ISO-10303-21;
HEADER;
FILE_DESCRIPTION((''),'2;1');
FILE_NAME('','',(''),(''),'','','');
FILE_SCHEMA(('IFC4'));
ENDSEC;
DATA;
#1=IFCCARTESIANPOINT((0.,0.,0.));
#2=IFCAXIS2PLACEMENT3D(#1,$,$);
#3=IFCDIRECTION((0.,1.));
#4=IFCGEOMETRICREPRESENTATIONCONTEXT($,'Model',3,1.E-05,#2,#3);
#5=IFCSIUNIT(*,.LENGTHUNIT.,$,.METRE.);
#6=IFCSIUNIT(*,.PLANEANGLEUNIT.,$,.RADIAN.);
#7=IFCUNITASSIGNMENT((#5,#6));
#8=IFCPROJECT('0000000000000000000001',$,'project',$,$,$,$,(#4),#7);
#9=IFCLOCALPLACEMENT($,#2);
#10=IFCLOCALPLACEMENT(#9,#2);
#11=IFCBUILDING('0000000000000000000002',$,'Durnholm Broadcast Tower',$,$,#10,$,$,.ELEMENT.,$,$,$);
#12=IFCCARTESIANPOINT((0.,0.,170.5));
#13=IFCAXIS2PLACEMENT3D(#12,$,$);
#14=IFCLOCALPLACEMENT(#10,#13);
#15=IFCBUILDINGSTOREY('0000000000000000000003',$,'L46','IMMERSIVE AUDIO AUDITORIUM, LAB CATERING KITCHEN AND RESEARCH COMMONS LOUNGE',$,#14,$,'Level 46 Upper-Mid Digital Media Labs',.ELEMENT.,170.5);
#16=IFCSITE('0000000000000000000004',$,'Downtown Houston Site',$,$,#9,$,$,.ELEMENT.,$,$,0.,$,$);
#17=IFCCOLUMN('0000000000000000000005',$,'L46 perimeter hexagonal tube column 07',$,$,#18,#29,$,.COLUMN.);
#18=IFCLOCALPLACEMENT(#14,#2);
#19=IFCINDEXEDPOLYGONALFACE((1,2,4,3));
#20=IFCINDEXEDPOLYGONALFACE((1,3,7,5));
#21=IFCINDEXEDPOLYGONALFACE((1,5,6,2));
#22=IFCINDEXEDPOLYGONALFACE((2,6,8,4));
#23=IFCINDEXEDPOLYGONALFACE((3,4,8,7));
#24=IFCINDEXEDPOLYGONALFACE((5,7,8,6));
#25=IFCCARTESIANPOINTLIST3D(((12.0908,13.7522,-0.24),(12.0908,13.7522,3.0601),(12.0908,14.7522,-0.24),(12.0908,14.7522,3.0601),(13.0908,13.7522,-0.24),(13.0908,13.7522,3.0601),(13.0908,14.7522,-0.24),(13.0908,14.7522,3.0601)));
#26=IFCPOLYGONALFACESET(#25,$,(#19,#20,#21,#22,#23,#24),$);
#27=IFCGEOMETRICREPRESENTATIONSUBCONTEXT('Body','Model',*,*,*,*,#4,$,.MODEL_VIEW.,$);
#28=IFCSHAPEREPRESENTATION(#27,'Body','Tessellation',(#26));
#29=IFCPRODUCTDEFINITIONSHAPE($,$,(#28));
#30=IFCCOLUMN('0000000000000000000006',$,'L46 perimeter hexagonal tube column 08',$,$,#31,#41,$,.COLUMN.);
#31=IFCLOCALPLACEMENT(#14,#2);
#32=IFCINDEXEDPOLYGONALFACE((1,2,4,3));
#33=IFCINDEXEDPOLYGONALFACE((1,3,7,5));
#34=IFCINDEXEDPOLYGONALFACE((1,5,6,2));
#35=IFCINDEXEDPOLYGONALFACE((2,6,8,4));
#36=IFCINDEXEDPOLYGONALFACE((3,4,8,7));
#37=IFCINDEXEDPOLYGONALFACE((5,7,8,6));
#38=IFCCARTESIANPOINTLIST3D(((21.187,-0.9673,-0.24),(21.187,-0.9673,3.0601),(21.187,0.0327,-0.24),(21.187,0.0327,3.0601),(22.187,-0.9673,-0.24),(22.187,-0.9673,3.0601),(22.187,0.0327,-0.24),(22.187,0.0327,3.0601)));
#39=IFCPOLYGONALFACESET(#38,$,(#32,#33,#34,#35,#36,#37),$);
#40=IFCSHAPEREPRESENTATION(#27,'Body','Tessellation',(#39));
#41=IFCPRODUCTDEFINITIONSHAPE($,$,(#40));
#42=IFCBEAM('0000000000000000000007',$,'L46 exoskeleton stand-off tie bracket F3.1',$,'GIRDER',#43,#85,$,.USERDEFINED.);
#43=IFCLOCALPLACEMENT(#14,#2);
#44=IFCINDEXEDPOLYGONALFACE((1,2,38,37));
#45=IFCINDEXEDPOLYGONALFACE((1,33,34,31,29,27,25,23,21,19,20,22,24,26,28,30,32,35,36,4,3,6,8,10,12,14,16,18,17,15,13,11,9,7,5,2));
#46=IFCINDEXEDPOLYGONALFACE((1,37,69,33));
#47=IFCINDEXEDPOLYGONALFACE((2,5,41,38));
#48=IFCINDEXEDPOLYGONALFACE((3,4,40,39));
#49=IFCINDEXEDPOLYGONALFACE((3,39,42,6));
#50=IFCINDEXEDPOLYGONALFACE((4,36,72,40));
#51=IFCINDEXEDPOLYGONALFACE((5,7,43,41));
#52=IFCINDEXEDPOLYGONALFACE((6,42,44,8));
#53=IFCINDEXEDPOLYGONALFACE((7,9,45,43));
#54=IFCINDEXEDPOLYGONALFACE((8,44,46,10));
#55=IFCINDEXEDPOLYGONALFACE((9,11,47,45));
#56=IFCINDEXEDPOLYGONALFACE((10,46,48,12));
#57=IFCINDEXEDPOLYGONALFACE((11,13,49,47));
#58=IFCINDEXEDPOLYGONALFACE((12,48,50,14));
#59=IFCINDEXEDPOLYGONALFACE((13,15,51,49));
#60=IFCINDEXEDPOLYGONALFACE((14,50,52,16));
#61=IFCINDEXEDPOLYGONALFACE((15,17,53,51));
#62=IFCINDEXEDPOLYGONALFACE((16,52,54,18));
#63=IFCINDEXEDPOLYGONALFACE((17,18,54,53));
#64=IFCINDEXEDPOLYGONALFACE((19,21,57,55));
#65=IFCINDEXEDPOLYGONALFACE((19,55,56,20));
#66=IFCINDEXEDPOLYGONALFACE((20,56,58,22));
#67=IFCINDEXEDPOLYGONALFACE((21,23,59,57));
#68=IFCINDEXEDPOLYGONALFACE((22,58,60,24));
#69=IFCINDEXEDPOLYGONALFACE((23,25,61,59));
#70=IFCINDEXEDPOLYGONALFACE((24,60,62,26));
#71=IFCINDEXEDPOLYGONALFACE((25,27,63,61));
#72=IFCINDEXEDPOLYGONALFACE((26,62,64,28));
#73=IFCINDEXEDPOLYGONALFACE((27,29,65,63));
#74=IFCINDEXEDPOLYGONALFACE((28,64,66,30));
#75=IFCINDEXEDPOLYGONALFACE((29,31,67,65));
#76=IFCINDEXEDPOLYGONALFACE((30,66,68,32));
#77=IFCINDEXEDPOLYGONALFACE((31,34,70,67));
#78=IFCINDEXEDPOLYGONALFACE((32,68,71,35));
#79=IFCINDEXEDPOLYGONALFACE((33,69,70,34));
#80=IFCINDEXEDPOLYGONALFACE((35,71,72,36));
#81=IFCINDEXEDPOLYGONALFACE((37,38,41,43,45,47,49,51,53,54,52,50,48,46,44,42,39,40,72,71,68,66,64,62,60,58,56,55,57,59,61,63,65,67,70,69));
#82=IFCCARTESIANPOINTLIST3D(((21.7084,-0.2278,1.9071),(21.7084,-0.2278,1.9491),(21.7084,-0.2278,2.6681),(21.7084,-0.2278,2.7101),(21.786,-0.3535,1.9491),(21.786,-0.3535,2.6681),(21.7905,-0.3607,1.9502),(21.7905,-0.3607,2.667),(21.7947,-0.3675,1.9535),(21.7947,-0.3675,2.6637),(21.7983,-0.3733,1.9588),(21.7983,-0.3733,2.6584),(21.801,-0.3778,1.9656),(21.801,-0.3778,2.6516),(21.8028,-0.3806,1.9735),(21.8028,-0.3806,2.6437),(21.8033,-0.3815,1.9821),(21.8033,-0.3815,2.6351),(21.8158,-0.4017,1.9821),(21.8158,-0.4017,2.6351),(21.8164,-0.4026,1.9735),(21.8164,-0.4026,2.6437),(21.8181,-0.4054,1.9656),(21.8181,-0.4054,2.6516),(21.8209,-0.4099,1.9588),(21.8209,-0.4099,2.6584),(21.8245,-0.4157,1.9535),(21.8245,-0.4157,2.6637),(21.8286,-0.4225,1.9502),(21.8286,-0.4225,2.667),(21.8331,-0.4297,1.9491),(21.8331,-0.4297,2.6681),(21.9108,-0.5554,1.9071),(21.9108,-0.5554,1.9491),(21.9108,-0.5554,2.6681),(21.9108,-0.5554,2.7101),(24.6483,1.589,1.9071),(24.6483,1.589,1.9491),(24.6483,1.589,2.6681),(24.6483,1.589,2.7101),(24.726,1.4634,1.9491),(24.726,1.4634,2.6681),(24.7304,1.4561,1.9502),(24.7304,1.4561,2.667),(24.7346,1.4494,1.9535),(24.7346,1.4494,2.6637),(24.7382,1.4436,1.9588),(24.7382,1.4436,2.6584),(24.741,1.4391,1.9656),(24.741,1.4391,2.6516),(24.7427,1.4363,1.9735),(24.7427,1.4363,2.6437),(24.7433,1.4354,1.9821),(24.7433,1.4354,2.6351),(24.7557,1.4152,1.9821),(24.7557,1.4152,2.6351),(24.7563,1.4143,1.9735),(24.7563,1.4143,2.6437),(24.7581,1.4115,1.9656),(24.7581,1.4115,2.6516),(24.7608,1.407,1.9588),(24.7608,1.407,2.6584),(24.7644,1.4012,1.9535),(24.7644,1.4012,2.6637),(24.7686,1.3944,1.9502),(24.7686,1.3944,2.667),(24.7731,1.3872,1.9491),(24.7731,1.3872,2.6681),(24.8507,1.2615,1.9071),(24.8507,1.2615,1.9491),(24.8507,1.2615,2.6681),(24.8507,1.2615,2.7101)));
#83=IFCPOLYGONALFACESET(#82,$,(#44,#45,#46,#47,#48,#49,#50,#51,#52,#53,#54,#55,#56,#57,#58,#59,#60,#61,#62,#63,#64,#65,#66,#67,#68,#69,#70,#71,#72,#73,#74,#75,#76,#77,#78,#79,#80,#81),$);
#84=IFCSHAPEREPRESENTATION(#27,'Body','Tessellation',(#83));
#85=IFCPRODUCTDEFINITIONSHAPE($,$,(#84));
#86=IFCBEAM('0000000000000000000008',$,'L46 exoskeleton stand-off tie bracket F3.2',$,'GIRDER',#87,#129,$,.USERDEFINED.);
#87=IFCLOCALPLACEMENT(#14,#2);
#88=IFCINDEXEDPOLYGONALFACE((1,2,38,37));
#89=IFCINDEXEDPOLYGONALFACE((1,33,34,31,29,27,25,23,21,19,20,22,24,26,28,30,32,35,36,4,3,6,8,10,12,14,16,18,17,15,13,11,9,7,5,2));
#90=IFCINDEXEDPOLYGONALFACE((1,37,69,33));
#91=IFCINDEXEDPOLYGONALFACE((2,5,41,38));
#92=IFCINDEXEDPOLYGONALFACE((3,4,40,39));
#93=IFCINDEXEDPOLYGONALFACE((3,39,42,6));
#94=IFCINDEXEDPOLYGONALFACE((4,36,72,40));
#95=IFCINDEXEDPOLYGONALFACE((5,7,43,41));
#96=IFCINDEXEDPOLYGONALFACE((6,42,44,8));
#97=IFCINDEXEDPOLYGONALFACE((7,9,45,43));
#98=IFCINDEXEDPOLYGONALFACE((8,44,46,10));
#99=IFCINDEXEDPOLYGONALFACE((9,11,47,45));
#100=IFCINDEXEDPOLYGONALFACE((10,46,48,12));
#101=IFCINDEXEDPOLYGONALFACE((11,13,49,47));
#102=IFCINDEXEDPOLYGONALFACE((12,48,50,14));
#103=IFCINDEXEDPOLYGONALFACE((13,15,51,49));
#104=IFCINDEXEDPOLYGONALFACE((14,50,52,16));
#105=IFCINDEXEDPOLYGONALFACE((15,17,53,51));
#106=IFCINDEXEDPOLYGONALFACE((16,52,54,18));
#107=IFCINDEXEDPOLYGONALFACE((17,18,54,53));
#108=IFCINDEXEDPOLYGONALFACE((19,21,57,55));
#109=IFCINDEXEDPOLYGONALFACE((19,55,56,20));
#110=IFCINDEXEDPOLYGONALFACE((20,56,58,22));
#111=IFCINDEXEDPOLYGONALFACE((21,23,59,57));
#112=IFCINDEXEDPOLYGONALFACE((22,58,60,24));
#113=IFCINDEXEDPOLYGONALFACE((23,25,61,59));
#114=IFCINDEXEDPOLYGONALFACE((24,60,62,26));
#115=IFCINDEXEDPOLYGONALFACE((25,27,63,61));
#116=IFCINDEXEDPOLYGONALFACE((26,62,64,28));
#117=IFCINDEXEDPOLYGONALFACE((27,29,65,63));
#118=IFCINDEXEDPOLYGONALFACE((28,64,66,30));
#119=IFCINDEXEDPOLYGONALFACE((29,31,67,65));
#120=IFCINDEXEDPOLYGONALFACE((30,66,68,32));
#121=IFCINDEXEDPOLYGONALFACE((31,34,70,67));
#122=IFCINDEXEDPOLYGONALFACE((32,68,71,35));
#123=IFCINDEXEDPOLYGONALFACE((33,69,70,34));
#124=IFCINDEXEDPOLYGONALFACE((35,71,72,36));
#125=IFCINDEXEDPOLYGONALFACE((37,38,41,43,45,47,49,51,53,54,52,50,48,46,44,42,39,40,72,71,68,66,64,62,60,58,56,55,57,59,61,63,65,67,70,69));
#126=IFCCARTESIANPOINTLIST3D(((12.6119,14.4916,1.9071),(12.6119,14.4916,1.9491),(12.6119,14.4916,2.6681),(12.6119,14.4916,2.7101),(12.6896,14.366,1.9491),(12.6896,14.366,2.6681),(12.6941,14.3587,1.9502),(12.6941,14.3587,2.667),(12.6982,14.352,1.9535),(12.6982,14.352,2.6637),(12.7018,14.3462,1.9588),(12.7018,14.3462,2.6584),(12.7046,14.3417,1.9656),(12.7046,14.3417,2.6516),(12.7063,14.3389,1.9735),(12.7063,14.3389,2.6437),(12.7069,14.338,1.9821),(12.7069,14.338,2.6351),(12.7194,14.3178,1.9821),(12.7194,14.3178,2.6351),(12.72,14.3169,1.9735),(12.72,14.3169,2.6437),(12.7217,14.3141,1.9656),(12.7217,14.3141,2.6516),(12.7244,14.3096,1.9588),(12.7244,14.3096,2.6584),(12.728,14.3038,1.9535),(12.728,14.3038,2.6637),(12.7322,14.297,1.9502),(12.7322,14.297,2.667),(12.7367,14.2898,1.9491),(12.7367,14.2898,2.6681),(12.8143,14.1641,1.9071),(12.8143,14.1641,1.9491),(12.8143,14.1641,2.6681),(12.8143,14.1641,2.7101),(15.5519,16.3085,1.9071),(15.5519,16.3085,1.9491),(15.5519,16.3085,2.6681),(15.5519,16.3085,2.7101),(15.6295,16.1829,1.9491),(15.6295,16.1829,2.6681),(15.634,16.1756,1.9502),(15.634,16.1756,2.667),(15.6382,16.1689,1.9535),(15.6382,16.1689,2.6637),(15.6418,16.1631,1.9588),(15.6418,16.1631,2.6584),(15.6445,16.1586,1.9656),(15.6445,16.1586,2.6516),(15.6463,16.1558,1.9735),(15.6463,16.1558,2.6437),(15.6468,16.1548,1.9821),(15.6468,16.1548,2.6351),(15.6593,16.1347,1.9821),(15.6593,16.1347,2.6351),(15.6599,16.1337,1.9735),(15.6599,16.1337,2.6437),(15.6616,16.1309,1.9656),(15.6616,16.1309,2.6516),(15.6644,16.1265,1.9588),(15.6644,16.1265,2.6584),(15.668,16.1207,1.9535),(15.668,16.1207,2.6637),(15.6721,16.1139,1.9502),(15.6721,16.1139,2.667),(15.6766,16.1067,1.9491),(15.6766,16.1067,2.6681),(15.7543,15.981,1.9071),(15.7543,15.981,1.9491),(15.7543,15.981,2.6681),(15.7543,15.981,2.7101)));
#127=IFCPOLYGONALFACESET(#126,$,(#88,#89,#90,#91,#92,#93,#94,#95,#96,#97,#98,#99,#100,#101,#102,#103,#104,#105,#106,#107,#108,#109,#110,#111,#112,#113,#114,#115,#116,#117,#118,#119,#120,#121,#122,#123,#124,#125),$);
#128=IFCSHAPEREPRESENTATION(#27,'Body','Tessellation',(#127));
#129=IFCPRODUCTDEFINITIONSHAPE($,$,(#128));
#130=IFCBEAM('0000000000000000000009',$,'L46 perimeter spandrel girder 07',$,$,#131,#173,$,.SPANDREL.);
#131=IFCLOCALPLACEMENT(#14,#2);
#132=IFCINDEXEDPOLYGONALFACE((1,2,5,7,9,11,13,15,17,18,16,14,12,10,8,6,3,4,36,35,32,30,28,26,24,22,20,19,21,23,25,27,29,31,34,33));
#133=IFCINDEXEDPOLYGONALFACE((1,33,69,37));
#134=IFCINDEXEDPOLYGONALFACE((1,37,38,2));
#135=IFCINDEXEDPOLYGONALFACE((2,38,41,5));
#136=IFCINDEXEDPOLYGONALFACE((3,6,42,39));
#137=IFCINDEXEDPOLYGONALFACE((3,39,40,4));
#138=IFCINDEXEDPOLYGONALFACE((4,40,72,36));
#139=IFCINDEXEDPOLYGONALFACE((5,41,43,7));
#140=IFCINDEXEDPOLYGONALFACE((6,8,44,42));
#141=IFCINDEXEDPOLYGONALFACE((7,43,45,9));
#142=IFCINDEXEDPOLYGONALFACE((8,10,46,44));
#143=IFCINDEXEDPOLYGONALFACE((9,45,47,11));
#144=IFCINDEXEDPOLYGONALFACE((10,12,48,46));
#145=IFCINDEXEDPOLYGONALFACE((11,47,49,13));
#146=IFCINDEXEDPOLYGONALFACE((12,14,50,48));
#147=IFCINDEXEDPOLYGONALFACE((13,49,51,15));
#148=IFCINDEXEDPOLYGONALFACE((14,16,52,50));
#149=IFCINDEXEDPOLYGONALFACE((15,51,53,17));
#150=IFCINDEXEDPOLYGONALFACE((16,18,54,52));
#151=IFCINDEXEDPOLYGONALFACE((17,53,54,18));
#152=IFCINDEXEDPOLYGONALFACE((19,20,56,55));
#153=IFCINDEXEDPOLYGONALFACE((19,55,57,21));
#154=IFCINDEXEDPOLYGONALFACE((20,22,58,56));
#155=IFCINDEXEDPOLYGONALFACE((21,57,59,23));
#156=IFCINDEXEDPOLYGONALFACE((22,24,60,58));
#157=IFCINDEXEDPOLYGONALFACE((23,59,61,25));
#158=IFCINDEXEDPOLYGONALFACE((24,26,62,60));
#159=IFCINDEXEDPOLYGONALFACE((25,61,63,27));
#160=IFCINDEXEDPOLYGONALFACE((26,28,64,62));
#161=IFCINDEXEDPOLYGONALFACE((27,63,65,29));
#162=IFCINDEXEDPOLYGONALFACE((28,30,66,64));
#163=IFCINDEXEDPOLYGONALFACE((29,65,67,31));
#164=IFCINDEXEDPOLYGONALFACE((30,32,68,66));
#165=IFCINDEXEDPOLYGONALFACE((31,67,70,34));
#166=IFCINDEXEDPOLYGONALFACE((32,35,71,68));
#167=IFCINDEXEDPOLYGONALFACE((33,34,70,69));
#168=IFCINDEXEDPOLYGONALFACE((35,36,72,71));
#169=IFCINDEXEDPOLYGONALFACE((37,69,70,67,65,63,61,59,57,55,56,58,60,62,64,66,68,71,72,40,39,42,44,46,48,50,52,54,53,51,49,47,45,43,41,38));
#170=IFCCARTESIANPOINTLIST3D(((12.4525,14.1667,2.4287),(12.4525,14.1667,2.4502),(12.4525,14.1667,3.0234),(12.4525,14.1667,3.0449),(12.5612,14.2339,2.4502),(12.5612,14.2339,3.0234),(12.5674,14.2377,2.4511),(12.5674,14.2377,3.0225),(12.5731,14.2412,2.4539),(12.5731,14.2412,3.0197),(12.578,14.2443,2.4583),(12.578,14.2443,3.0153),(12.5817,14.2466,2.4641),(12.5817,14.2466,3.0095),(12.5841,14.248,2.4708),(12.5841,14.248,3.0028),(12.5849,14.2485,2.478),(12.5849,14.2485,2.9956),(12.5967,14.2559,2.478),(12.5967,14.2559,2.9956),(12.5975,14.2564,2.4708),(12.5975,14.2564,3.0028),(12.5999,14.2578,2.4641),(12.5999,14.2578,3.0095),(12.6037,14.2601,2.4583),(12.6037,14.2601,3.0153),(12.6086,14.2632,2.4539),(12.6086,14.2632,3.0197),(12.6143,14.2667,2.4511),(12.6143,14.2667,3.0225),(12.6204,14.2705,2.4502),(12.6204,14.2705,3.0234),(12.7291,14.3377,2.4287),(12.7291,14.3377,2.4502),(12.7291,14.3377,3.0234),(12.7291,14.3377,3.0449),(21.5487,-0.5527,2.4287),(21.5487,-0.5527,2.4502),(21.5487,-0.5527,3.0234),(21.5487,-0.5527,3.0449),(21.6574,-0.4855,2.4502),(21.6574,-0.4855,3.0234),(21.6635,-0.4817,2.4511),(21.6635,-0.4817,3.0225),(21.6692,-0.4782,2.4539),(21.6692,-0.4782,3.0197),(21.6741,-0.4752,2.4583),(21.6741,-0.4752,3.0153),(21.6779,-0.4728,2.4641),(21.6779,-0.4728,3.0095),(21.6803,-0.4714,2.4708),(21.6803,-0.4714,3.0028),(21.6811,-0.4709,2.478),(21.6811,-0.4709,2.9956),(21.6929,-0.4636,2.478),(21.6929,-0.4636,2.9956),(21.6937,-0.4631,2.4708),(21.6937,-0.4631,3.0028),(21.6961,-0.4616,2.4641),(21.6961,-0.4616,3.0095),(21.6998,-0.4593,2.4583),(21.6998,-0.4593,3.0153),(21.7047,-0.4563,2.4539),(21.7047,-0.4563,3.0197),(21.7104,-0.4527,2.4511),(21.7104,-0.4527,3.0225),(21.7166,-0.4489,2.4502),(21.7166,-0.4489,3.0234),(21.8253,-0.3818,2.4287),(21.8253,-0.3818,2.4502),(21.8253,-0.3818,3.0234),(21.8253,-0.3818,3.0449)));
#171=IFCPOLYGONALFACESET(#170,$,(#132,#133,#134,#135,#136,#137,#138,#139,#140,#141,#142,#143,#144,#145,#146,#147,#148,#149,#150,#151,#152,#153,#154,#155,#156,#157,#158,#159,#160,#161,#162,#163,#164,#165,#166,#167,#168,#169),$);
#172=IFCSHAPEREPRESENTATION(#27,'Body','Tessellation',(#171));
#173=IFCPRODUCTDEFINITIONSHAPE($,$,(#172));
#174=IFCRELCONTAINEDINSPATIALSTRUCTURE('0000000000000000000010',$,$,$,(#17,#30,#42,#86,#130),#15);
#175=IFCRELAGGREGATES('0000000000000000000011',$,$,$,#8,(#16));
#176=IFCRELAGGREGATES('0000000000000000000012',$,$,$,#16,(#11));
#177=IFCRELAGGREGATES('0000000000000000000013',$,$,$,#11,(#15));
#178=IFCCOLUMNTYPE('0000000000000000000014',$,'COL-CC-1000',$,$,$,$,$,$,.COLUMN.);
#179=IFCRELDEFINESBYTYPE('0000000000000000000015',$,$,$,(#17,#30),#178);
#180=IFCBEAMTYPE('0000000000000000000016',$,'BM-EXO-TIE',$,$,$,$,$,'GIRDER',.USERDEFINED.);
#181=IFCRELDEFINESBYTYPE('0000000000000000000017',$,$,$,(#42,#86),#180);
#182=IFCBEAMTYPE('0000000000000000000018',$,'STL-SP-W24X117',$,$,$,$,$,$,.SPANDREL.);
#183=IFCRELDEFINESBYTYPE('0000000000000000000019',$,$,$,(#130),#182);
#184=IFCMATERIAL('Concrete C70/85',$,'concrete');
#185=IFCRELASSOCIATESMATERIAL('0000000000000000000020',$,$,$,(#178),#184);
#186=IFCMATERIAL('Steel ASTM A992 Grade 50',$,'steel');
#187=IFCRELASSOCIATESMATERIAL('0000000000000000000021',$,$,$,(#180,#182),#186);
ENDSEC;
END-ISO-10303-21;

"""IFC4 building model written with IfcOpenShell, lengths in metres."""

from ifc_helpers import new_model, si_unit, direction, frame, origin, origin_2d, place, context, subcontext, project, spatial, rectangle, i_section, extrude, source, transform, mapped, material, material_profile, profile_set, type_object, type_shapes, element, save


model = new_model("IFC4")

# Units and contexts
model_context = context("Model", 3, precision=1e-05, world=origin(), true_north=direction((0.0, 1.0)))
body_context = subcontext(model_context, "Body", "Model", "MODEL_VIEW")
ifc_project = project(units=[si_unit("LENGTHUNIT", "METRE"), si_unit("PLANEANGLEUNIT", "RADIAN")], contexts=[model_context])

# Site, building, storey
site_placement = place(None, origin())
site = spatial("IfcSite", under=ifc_project, at=site_placement, Name="Downtown Houston Site", CompositionType="ELEMENT", RefElevation=0.0)
building_placement = place(site_placement, origin())
building = spatial("IfcBuilding", under=site, at=building_placement, Name="Durnholm Broadcast Tower", CompositionType="ELEMENT")
storey_placement = place(building_placement, frame((0.0, 0.0, 170.5)))
storey = spatial("IfcBuildingStorey", under=building, at=storey_placement, Name="L46", Description="IMMERSIVE AUDIO AUDITORIUM, LAB CATERING KITCHEN AND RESEARCH COMMONS LOUNGE", LongName="Level 46 Upper-Mid Digital Media Labs", CompositionType="ELEMENT", Elevation=170.5)

# Columns
ifc_material_1 = material(Name="Concrete C70/85", Category="concrete")
ifc_material_profile_1 = material_profile(ifc_material_1, rectangle(XDim=1.0, YDim=1.0, at=origin_2d()), Name="RC1000X1000")
ifc_profile_set_1 = profile_set([ifc_material_profile_1], Name="Concrete C70/85")
column_type = type_object("IfcColumnType", Name="COL-CC-1000", PredefinedType="COLUMN", material=ifc_profile_set_1)
shared_shape_1 = source(origin(), body_context, "Body", "SweptSolid", [
    extrude(rectangle(XDim=1.0, YDim=1.0, at=origin_2d()), origin(), (0.0, 0.0, 1.0), 3.3),
])
type_shapes(column_type, [shared_shape_1])
for number, where, z_axis, x_axis, name in (
    (1, (12.5908, 14.2522, -0.24), (0.0, 0.0, 1.0), (1.0, 0.0, 0.0), "L46 perimeter hexagonal tube column 07"),
    (2, (21.687, -0.4673, -0.24), (0.0, 0.0, 1.0), (1.0, 0.0, 0.0), "L46 perimeter hexagonal tube column 08"),
):
    element("IfcColumn", number, at=place(storey_placement, frame(where, z_axis=z_axis, x_axis=x_axis)), inside=storey, type_object=column_type, Name=name, PredefinedType="COLUMN", context=body_context, shape_type="MappedRepresentation", body=[
        mapped(shared_shape_1, transform((0.0, 0.0, 0.0), x_axis=(1.0, 0.0, 0.0), y_axis=(0.0, 1.0, 0.0), z_axis=(0.0, 0.0, 1.0), scale=1.0)),
    ])

# Beams
ifc_material_2 = material(Name="Steel ASTM A992 Grade 50", Category="steel")
ifc_material_profile_2 = material_profile(ifc_material_2, i_section(OverallWidth=0.385, OverallDepth=0.803, WebThickness=0.0237, FlangeThickness=0.042, FilletRadius=0.033, at=origin_2d()), Name="W30X261")
ifc_profile_set_2 = profile_set([ifc_material_profile_2], Name="Steel ASTM A992 Grade 50")
beam_type_1 = type_object("IfcBeamType", Name="BM-EXO-TIE", ElementType="GIRDER", PredefinedType="USERDEFINED", material=ifc_profile_set_2)
shared_shape_2 = source(origin(), body_context, "Body", "SweptSolid", [
    extrude(i_section(OverallWidth=0.385, OverallDepth=0.803, WebThickness=0.0237, FlangeThickness=0.042, FilletRadius=0.033, at=origin_2d()), origin(), (0.0, 0.0, 1.0), 3.4561),
])
for number, where, z_axis, x_axis, name in (
    (3, (21.8096, -0.3916, 2.3086), (0.850662, 0.525712, 0.0), (-0.525712, 0.850662, 0.0), "L46 exoskeleton stand-off tie bracket F3.1"),
    (4, (12.7131, 14.3279, 2.3086), (0.850662, 0.525712, 0.0), (-0.525712, 0.850662, 0.0), "L46 exoskeleton stand-off tie bracket F3.2"),
):
    element("IfcBeam", number, at=place(storey_placement, frame(where, z_axis=z_axis, x_axis=x_axis)), inside=storey, type_object=beam_type_1, Name=name, ObjectType="GIRDER", PredefinedType="USERDEFINED", context=body_context, shape_type="MappedRepresentation", body=[
        mapped(shared_shape_2, transform((0.0, 0.0, 0.0), x_axis=(1.0, 0.0, 0.0), y_axis=(0.0, 1.0, 0.0), z_axis=(0.0, 0.0, 1.0), scale=1.0)),
    ])
ifc_material_profile_3 = material_profile(ifc_material_2, i_section(OverallWidth=0.3252, OverallDepth=0.6162, WebThickness=0.0139, FlangeThickness=0.0215, FilletRadius=0.0278, at=origin_2d()), Name="W24X117")
ifc_profile_set_3 = profile_set([ifc_material_profile_3], Name="Steel ASTM A992 Grade 50")
beam_type_2 = type_object("IfcBeamType", Name="STL-SP-W24X117", PredefinedType="SPANDREL", material=ifc_profile_set_3)
shared_shape_3 = source(origin(), body_context, "Body", "SweptSolid", [
    extrude(i_section(OverallWidth=0.3252, OverallDepth=0.6162, WebThickness=0.0139, FlangeThickness=0.0215, FilletRadius=0.0278, at=origin_2d()), origin(), (0.0, 0.0, 1.0), 17.3032),
])
beam_1_placement = place(storey_placement, frame((12.5908, 14.2522, 2.7368), z_axis=(0.525691, -0.850675, 0.0), x_axis=(0.850675, 0.525691, 0.0)))
element("IfcBeam", 5, at=beam_1_placement, inside=storey, type_object=beam_type_2, Name="L46 perimeter spandrel girder 07", PredefinedType="SPANDREL", context=body_context, shape_type="MappedRepresentation", body=[
    mapped(shared_shape_3, transform((0.0, 0.0, 0.0), x_axis=(1.0, 0.0, 0.0), y_axis=(0.0, 1.0, 0.0), z_axis=(0.0, 0.0, 1.0), scale=1.0)),
])

save(model, "model.ifc")
